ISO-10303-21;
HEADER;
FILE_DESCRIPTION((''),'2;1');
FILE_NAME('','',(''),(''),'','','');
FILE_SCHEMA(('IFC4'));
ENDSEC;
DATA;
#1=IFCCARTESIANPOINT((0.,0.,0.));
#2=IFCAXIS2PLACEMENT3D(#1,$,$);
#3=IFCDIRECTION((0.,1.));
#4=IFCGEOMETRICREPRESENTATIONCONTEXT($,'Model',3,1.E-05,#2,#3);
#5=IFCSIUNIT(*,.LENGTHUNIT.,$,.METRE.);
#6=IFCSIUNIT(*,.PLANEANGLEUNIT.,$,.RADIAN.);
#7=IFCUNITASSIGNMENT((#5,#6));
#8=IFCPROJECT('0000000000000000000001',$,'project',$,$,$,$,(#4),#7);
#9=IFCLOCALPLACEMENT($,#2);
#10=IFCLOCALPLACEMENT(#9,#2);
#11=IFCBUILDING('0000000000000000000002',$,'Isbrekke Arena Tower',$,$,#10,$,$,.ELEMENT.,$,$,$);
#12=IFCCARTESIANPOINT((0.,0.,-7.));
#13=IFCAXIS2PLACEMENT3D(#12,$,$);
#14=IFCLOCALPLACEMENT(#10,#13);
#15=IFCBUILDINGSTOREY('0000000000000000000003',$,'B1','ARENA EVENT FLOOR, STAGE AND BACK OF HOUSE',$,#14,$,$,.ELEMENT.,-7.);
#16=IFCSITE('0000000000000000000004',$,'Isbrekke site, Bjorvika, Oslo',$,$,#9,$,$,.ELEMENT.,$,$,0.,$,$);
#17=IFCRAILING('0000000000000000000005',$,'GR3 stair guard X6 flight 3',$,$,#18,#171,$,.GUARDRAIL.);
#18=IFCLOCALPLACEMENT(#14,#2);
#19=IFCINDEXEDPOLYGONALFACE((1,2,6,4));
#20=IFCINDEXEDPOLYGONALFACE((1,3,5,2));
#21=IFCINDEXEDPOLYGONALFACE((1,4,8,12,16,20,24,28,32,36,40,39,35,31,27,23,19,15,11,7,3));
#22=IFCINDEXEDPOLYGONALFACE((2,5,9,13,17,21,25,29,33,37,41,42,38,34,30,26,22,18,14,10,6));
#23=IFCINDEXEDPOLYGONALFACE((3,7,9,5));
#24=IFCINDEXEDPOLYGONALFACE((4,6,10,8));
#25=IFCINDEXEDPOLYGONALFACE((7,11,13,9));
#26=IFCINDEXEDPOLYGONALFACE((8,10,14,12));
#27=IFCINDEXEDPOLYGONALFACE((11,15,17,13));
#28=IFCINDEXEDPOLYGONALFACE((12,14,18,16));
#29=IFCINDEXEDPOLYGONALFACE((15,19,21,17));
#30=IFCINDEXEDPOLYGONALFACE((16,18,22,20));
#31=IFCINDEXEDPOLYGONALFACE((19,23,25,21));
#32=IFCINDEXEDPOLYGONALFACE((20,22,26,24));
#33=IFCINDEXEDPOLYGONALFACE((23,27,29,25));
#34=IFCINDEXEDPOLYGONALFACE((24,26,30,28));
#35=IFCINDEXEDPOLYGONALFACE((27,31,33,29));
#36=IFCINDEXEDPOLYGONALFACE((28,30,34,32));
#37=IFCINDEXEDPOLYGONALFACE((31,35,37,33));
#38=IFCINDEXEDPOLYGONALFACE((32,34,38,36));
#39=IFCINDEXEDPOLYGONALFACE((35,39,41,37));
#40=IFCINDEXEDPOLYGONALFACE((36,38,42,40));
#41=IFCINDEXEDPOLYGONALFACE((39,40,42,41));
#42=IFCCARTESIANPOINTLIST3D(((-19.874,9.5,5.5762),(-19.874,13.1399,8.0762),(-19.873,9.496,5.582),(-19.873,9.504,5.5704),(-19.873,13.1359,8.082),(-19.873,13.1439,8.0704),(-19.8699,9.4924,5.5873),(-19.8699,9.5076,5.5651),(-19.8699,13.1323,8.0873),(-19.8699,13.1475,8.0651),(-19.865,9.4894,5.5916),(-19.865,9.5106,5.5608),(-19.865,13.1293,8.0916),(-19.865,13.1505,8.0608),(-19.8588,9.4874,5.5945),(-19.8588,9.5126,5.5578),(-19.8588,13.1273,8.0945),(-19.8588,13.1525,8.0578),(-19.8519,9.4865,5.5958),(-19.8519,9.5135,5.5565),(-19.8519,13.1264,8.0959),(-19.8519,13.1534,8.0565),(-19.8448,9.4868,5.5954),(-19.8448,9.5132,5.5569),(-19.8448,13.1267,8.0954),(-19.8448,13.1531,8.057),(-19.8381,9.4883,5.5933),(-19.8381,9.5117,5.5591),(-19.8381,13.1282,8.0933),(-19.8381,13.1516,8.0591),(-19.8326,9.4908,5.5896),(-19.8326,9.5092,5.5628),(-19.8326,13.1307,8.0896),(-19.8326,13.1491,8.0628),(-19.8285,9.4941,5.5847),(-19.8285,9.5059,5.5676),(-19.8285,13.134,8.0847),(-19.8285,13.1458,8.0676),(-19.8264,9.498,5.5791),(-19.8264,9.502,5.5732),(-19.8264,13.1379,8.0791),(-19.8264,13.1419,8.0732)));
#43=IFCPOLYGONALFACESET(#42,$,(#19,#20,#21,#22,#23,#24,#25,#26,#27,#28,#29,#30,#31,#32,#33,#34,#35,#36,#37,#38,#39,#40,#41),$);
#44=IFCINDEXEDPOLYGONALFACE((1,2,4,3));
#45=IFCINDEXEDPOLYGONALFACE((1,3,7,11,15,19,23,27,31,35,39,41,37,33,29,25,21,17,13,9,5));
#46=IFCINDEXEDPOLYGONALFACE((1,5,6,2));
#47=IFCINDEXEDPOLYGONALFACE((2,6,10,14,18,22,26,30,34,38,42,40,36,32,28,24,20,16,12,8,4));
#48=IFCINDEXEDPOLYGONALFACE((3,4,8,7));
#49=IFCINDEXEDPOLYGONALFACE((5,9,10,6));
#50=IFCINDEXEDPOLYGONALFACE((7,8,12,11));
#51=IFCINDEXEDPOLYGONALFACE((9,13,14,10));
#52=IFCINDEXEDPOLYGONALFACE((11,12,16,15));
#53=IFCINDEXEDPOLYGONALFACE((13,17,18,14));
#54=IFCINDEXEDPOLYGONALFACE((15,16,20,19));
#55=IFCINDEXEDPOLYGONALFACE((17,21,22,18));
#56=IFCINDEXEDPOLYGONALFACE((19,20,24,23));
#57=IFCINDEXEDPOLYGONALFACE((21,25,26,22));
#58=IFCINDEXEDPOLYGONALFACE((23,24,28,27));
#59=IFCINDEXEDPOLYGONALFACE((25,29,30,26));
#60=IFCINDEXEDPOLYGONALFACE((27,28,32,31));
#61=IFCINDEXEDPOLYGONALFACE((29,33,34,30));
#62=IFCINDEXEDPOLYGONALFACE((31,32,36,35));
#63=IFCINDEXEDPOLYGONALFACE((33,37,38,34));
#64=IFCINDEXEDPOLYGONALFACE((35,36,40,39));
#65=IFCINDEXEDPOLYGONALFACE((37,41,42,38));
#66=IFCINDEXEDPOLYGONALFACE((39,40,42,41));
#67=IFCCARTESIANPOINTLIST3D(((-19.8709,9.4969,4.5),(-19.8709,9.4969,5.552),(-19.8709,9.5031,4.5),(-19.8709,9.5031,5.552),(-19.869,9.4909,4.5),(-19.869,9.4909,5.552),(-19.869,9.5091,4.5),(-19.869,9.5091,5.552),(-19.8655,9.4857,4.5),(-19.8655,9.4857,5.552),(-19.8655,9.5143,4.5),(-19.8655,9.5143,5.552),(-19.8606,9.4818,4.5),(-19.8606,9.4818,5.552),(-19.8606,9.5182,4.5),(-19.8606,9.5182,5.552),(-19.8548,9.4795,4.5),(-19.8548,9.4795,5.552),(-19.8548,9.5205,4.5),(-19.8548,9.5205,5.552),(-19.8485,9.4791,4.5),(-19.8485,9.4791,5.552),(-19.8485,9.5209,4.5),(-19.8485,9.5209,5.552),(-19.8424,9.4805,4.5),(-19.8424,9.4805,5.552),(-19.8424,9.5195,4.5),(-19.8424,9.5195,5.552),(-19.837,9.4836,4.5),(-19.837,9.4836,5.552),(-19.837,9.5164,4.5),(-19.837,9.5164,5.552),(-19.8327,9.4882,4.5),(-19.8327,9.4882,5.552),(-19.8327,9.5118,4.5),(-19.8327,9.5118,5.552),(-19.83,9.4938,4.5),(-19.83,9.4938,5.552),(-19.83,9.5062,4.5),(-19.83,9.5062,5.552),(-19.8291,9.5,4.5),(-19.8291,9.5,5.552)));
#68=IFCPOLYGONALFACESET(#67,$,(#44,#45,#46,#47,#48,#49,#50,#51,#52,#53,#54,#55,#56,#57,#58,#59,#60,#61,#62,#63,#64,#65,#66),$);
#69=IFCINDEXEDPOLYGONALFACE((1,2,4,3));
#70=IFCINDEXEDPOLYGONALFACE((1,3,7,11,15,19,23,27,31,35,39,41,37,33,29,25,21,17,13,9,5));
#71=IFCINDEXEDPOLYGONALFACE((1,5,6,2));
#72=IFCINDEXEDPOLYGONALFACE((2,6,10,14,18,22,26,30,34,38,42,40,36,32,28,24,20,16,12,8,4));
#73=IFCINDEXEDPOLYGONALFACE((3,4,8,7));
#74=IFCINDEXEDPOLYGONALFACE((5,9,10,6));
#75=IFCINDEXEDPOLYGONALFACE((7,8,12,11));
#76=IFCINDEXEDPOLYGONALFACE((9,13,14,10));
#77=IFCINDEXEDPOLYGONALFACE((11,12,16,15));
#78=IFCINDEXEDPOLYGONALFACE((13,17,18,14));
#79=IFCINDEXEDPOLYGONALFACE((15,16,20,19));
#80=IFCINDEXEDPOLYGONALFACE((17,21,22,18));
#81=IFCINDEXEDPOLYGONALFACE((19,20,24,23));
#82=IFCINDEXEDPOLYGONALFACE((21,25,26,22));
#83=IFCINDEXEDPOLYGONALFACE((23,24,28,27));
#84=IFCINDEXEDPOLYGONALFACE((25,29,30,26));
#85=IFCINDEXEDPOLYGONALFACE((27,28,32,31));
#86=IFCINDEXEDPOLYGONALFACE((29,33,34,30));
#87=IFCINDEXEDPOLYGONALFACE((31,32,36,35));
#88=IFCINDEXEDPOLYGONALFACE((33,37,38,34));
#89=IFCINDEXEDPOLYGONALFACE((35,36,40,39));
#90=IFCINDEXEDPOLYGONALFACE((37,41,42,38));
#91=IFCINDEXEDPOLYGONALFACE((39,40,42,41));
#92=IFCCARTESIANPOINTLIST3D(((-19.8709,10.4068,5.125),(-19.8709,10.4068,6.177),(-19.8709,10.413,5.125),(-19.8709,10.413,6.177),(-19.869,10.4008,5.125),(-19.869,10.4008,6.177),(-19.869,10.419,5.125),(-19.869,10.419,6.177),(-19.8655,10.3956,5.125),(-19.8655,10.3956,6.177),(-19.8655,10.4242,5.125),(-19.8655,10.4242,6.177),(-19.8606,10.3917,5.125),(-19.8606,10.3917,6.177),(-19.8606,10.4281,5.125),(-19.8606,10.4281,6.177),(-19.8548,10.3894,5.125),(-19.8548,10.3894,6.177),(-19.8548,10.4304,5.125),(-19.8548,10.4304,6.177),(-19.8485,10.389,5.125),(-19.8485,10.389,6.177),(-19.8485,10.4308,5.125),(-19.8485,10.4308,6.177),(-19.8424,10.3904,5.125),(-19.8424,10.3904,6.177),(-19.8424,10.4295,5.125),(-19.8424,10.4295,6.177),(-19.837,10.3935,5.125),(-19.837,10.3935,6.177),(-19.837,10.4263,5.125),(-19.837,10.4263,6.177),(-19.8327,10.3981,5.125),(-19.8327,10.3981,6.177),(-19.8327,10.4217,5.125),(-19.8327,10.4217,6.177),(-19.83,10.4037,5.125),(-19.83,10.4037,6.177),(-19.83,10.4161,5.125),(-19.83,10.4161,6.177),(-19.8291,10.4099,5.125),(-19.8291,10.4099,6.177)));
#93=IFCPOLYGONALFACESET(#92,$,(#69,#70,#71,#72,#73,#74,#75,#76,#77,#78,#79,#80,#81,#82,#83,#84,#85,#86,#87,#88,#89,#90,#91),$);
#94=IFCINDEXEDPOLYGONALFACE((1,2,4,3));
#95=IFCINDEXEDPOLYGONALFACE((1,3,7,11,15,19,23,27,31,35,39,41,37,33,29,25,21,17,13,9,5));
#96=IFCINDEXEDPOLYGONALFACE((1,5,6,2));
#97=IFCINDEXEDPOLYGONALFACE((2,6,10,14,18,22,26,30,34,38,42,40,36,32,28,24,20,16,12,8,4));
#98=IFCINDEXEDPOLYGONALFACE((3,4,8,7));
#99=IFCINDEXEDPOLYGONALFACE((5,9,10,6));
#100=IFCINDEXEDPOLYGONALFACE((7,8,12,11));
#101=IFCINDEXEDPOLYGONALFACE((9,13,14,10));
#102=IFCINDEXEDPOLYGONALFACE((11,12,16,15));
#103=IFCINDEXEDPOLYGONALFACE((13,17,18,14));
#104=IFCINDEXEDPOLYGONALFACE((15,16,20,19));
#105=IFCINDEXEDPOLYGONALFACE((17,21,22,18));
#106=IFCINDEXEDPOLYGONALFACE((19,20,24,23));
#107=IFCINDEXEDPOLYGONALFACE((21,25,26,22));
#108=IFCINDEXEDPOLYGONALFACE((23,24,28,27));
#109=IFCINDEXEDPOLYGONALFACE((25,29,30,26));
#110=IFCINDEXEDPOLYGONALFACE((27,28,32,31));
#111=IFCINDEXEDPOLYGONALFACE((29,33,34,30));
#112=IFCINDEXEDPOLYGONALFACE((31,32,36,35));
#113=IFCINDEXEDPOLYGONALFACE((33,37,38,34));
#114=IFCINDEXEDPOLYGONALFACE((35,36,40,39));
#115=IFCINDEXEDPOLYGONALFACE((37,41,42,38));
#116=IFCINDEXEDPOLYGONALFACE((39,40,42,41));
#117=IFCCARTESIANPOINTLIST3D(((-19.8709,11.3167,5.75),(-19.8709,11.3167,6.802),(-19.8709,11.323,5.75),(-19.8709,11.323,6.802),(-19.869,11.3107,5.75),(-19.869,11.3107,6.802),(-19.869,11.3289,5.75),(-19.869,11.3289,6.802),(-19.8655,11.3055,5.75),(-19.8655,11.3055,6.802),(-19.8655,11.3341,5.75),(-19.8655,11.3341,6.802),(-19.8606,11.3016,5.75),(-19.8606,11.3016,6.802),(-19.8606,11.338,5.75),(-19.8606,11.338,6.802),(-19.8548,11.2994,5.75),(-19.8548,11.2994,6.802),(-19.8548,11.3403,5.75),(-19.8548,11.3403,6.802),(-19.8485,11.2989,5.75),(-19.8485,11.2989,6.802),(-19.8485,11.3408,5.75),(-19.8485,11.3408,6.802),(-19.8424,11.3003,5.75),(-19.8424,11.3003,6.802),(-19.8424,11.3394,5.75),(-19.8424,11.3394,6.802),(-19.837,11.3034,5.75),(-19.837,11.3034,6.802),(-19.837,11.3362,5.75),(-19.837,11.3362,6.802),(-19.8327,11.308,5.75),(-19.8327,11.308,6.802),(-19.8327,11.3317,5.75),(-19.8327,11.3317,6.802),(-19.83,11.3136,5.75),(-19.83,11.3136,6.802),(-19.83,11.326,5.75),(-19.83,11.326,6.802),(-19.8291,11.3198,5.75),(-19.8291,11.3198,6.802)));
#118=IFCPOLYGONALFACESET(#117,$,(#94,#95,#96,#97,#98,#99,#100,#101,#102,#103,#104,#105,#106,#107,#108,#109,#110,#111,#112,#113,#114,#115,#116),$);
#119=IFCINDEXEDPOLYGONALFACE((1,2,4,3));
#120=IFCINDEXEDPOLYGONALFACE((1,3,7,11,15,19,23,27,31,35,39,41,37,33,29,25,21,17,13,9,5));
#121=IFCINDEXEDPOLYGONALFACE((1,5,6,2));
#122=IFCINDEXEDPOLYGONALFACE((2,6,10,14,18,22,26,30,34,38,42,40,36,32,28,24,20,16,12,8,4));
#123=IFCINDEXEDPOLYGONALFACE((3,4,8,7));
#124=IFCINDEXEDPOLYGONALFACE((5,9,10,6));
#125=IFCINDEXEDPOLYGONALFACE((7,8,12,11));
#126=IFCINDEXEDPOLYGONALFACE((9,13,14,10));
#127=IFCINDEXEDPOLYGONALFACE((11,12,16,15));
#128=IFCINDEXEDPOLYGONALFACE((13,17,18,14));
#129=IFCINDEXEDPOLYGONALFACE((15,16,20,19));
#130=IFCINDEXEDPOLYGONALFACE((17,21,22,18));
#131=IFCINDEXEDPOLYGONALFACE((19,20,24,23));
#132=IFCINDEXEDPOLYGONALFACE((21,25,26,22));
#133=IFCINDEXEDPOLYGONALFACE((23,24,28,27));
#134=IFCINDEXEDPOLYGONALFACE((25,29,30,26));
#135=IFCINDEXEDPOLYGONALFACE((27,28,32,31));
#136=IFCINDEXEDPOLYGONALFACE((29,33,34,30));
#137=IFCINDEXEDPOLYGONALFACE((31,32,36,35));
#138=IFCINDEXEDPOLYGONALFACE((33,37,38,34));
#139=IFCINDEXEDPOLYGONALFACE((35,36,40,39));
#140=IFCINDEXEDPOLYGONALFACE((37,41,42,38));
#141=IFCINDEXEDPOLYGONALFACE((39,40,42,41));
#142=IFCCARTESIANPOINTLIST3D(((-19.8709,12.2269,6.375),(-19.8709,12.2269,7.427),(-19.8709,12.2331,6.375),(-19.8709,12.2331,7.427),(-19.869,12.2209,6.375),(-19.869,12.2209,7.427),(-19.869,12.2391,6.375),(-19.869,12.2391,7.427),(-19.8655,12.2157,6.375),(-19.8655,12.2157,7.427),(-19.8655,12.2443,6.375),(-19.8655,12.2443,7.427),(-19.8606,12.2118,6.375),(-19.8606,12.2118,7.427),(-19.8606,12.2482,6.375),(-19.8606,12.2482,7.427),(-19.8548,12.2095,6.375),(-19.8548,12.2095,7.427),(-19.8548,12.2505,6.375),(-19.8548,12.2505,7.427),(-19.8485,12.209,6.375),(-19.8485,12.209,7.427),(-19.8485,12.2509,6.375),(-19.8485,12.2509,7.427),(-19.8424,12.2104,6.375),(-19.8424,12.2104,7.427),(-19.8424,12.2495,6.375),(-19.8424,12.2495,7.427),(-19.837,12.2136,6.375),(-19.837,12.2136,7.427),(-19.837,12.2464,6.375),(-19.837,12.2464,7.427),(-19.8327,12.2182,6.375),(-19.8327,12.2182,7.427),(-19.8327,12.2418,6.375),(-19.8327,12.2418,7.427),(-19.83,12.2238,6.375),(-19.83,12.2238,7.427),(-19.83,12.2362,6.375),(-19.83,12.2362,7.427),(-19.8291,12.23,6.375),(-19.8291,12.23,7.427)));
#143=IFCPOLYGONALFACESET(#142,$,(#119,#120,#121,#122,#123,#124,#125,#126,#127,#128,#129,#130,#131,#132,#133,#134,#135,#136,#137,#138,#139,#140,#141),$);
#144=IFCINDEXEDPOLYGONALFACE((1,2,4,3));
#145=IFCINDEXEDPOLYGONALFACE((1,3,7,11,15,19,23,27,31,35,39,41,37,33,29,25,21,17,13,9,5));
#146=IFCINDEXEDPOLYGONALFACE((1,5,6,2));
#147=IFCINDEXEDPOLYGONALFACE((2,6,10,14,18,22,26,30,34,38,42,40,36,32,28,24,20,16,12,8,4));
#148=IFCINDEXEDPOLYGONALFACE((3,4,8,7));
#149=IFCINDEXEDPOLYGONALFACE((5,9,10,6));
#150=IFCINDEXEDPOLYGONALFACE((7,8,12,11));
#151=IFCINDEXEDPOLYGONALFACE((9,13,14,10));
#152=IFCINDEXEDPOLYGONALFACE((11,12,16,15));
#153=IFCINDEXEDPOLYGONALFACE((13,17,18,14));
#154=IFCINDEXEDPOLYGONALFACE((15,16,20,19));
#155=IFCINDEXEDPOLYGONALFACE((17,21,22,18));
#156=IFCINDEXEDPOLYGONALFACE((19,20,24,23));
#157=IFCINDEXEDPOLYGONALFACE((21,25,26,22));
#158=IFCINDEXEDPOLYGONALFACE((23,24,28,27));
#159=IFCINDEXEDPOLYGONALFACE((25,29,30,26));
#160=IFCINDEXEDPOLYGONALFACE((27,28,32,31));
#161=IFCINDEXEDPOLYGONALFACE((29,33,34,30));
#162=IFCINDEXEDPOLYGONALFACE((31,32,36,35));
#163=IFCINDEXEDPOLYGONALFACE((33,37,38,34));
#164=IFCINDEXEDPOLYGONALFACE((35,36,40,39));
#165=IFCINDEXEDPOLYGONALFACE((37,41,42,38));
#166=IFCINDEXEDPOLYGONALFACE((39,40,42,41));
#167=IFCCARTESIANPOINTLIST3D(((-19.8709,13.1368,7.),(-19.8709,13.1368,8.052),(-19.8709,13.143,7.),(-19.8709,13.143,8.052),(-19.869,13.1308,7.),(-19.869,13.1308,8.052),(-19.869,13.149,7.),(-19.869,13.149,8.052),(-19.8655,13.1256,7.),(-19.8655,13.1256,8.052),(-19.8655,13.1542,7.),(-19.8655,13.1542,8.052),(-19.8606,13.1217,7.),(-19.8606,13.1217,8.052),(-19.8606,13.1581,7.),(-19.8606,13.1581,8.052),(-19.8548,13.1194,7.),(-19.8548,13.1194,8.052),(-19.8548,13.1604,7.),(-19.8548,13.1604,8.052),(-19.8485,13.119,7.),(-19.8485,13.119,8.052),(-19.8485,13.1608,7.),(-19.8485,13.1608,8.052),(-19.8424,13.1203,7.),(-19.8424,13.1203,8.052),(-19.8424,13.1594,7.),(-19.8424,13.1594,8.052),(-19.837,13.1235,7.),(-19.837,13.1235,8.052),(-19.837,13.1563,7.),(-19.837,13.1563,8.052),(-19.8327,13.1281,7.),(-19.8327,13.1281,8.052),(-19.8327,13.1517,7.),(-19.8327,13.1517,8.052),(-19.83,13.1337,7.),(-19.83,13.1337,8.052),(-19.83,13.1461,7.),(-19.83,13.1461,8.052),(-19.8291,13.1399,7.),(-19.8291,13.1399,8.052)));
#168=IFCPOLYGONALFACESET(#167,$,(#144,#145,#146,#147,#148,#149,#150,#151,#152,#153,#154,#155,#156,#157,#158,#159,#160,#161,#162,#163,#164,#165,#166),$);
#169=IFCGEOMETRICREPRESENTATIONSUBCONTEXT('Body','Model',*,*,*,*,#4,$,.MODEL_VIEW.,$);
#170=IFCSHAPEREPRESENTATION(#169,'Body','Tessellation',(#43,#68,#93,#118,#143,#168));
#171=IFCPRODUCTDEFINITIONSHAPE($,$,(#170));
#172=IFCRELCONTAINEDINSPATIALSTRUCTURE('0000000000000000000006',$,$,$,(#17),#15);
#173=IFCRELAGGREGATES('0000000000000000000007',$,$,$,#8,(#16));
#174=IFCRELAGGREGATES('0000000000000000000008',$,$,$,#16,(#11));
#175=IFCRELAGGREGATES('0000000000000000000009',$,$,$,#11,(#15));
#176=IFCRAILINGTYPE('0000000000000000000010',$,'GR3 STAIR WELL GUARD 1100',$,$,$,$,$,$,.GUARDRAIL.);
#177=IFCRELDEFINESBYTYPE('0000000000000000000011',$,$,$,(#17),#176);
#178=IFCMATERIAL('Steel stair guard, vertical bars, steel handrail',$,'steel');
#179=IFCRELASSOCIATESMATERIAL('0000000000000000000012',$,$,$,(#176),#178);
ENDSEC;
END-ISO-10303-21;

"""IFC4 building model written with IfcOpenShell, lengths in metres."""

from ifc_helpers import new_model, si_unit, direction, frame, origin, origin_2d, place, context, subcontext, project, spatial, circle, extrude, material, type_object, element, save


model = new_model("IFC4")

# Units and contexts
model_context = context("Model", 3, precision=1e-05, world=origin(), true_north=direction((0.0, 1.0)))
body_context = subcontext(model_context, "Body", "Model", "MODEL_VIEW")
ifc_project = project(units=[si_unit("LENGTHUNIT", "METRE"), si_unit("PLANEANGLEUNIT", "RADIAN")], contexts=[model_context])

# Site, building, storey
site_placement = place(None, origin())
site = spatial("IfcSite", under=ifc_project, at=site_placement, Name="Isbrekke site, Bjorvika, Oslo", CompositionType="ELEMENT", RefElevation=0.0)
building_placement = place(site_placement, origin())
building = spatial("IfcBuilding", under=site, at=building_placement, Name="Isbrekke Arena Tower", CompositionType="ELEMENT")
storey_placement = place(building_placement, frame((0.0, 0.0, -7.0)))
storey = spatial("IfcBuildingStorey", under=building, at=storey_placement, Name="B1", Description="ARENA EVENT FLOOR, STAGE AND BACK OF HOUSE", CompositionType="ELEMENT", Elevation=-7.0)

# Railing
ifc_material_1 = material(Name="Steel stair guard, vertical bars, steel handrail", Category="steel")
railing_type = type_object("IfcRailingType", Name="GR3 STAIR WELL GUARD 1100", PredefinedType="GUARDRAIL", material=ifc_material_1)
railing_1_placement = place(storey_placement, frame((-19.8501, 9.5, 4.5)))
element("IfcRailing", 1, at=railing_1_placement, inside=storey, type_object=railing_type, Name="GR3 stair guard X6 flight 3", PredefinedType="GUARDRAIL", context=body_context, shape_type="SweptSolid", body=[
    extrude(circle(Radius=0.0239, at=origin_2d()), frame((0.0, 0.0, 1.0762), z_axis=(0.0, 0.824298, 0.566156), x_axis=(-1.0, 0.0, 0.0)), (0.0, 0.0, 1.0), 4.4158),
    extrude(circle(Radius=0.021, at=origin_2d()), origin(), (0.0, 0.0, 1.0), 1.052),
    extrude(circle(Radius=0.021, at=origin_2d()), frame((0.0, 0.9099, 0.625)), (0.0, 0.0, 1.0), 1.052),
    extrude(circle(Radius=0.021, at=origin_2d()), frame((0.0, 1.8198, 1.25)), (0.0, 0.0, 1.0), 1.052),
    extrude(circle(Radius=0.021, at=origin_2d()), frame((0.0, 2.73, 1.875)), (0.0, 0.0, 1.0), 1.052),
    extrude(circle(Radius=0.021, at=origin_2d()), frame((0.0, 3.6399, 2.5)), (0.0, 0.0, 1.0), 1.052),
])

save(model, "model.ifc")
